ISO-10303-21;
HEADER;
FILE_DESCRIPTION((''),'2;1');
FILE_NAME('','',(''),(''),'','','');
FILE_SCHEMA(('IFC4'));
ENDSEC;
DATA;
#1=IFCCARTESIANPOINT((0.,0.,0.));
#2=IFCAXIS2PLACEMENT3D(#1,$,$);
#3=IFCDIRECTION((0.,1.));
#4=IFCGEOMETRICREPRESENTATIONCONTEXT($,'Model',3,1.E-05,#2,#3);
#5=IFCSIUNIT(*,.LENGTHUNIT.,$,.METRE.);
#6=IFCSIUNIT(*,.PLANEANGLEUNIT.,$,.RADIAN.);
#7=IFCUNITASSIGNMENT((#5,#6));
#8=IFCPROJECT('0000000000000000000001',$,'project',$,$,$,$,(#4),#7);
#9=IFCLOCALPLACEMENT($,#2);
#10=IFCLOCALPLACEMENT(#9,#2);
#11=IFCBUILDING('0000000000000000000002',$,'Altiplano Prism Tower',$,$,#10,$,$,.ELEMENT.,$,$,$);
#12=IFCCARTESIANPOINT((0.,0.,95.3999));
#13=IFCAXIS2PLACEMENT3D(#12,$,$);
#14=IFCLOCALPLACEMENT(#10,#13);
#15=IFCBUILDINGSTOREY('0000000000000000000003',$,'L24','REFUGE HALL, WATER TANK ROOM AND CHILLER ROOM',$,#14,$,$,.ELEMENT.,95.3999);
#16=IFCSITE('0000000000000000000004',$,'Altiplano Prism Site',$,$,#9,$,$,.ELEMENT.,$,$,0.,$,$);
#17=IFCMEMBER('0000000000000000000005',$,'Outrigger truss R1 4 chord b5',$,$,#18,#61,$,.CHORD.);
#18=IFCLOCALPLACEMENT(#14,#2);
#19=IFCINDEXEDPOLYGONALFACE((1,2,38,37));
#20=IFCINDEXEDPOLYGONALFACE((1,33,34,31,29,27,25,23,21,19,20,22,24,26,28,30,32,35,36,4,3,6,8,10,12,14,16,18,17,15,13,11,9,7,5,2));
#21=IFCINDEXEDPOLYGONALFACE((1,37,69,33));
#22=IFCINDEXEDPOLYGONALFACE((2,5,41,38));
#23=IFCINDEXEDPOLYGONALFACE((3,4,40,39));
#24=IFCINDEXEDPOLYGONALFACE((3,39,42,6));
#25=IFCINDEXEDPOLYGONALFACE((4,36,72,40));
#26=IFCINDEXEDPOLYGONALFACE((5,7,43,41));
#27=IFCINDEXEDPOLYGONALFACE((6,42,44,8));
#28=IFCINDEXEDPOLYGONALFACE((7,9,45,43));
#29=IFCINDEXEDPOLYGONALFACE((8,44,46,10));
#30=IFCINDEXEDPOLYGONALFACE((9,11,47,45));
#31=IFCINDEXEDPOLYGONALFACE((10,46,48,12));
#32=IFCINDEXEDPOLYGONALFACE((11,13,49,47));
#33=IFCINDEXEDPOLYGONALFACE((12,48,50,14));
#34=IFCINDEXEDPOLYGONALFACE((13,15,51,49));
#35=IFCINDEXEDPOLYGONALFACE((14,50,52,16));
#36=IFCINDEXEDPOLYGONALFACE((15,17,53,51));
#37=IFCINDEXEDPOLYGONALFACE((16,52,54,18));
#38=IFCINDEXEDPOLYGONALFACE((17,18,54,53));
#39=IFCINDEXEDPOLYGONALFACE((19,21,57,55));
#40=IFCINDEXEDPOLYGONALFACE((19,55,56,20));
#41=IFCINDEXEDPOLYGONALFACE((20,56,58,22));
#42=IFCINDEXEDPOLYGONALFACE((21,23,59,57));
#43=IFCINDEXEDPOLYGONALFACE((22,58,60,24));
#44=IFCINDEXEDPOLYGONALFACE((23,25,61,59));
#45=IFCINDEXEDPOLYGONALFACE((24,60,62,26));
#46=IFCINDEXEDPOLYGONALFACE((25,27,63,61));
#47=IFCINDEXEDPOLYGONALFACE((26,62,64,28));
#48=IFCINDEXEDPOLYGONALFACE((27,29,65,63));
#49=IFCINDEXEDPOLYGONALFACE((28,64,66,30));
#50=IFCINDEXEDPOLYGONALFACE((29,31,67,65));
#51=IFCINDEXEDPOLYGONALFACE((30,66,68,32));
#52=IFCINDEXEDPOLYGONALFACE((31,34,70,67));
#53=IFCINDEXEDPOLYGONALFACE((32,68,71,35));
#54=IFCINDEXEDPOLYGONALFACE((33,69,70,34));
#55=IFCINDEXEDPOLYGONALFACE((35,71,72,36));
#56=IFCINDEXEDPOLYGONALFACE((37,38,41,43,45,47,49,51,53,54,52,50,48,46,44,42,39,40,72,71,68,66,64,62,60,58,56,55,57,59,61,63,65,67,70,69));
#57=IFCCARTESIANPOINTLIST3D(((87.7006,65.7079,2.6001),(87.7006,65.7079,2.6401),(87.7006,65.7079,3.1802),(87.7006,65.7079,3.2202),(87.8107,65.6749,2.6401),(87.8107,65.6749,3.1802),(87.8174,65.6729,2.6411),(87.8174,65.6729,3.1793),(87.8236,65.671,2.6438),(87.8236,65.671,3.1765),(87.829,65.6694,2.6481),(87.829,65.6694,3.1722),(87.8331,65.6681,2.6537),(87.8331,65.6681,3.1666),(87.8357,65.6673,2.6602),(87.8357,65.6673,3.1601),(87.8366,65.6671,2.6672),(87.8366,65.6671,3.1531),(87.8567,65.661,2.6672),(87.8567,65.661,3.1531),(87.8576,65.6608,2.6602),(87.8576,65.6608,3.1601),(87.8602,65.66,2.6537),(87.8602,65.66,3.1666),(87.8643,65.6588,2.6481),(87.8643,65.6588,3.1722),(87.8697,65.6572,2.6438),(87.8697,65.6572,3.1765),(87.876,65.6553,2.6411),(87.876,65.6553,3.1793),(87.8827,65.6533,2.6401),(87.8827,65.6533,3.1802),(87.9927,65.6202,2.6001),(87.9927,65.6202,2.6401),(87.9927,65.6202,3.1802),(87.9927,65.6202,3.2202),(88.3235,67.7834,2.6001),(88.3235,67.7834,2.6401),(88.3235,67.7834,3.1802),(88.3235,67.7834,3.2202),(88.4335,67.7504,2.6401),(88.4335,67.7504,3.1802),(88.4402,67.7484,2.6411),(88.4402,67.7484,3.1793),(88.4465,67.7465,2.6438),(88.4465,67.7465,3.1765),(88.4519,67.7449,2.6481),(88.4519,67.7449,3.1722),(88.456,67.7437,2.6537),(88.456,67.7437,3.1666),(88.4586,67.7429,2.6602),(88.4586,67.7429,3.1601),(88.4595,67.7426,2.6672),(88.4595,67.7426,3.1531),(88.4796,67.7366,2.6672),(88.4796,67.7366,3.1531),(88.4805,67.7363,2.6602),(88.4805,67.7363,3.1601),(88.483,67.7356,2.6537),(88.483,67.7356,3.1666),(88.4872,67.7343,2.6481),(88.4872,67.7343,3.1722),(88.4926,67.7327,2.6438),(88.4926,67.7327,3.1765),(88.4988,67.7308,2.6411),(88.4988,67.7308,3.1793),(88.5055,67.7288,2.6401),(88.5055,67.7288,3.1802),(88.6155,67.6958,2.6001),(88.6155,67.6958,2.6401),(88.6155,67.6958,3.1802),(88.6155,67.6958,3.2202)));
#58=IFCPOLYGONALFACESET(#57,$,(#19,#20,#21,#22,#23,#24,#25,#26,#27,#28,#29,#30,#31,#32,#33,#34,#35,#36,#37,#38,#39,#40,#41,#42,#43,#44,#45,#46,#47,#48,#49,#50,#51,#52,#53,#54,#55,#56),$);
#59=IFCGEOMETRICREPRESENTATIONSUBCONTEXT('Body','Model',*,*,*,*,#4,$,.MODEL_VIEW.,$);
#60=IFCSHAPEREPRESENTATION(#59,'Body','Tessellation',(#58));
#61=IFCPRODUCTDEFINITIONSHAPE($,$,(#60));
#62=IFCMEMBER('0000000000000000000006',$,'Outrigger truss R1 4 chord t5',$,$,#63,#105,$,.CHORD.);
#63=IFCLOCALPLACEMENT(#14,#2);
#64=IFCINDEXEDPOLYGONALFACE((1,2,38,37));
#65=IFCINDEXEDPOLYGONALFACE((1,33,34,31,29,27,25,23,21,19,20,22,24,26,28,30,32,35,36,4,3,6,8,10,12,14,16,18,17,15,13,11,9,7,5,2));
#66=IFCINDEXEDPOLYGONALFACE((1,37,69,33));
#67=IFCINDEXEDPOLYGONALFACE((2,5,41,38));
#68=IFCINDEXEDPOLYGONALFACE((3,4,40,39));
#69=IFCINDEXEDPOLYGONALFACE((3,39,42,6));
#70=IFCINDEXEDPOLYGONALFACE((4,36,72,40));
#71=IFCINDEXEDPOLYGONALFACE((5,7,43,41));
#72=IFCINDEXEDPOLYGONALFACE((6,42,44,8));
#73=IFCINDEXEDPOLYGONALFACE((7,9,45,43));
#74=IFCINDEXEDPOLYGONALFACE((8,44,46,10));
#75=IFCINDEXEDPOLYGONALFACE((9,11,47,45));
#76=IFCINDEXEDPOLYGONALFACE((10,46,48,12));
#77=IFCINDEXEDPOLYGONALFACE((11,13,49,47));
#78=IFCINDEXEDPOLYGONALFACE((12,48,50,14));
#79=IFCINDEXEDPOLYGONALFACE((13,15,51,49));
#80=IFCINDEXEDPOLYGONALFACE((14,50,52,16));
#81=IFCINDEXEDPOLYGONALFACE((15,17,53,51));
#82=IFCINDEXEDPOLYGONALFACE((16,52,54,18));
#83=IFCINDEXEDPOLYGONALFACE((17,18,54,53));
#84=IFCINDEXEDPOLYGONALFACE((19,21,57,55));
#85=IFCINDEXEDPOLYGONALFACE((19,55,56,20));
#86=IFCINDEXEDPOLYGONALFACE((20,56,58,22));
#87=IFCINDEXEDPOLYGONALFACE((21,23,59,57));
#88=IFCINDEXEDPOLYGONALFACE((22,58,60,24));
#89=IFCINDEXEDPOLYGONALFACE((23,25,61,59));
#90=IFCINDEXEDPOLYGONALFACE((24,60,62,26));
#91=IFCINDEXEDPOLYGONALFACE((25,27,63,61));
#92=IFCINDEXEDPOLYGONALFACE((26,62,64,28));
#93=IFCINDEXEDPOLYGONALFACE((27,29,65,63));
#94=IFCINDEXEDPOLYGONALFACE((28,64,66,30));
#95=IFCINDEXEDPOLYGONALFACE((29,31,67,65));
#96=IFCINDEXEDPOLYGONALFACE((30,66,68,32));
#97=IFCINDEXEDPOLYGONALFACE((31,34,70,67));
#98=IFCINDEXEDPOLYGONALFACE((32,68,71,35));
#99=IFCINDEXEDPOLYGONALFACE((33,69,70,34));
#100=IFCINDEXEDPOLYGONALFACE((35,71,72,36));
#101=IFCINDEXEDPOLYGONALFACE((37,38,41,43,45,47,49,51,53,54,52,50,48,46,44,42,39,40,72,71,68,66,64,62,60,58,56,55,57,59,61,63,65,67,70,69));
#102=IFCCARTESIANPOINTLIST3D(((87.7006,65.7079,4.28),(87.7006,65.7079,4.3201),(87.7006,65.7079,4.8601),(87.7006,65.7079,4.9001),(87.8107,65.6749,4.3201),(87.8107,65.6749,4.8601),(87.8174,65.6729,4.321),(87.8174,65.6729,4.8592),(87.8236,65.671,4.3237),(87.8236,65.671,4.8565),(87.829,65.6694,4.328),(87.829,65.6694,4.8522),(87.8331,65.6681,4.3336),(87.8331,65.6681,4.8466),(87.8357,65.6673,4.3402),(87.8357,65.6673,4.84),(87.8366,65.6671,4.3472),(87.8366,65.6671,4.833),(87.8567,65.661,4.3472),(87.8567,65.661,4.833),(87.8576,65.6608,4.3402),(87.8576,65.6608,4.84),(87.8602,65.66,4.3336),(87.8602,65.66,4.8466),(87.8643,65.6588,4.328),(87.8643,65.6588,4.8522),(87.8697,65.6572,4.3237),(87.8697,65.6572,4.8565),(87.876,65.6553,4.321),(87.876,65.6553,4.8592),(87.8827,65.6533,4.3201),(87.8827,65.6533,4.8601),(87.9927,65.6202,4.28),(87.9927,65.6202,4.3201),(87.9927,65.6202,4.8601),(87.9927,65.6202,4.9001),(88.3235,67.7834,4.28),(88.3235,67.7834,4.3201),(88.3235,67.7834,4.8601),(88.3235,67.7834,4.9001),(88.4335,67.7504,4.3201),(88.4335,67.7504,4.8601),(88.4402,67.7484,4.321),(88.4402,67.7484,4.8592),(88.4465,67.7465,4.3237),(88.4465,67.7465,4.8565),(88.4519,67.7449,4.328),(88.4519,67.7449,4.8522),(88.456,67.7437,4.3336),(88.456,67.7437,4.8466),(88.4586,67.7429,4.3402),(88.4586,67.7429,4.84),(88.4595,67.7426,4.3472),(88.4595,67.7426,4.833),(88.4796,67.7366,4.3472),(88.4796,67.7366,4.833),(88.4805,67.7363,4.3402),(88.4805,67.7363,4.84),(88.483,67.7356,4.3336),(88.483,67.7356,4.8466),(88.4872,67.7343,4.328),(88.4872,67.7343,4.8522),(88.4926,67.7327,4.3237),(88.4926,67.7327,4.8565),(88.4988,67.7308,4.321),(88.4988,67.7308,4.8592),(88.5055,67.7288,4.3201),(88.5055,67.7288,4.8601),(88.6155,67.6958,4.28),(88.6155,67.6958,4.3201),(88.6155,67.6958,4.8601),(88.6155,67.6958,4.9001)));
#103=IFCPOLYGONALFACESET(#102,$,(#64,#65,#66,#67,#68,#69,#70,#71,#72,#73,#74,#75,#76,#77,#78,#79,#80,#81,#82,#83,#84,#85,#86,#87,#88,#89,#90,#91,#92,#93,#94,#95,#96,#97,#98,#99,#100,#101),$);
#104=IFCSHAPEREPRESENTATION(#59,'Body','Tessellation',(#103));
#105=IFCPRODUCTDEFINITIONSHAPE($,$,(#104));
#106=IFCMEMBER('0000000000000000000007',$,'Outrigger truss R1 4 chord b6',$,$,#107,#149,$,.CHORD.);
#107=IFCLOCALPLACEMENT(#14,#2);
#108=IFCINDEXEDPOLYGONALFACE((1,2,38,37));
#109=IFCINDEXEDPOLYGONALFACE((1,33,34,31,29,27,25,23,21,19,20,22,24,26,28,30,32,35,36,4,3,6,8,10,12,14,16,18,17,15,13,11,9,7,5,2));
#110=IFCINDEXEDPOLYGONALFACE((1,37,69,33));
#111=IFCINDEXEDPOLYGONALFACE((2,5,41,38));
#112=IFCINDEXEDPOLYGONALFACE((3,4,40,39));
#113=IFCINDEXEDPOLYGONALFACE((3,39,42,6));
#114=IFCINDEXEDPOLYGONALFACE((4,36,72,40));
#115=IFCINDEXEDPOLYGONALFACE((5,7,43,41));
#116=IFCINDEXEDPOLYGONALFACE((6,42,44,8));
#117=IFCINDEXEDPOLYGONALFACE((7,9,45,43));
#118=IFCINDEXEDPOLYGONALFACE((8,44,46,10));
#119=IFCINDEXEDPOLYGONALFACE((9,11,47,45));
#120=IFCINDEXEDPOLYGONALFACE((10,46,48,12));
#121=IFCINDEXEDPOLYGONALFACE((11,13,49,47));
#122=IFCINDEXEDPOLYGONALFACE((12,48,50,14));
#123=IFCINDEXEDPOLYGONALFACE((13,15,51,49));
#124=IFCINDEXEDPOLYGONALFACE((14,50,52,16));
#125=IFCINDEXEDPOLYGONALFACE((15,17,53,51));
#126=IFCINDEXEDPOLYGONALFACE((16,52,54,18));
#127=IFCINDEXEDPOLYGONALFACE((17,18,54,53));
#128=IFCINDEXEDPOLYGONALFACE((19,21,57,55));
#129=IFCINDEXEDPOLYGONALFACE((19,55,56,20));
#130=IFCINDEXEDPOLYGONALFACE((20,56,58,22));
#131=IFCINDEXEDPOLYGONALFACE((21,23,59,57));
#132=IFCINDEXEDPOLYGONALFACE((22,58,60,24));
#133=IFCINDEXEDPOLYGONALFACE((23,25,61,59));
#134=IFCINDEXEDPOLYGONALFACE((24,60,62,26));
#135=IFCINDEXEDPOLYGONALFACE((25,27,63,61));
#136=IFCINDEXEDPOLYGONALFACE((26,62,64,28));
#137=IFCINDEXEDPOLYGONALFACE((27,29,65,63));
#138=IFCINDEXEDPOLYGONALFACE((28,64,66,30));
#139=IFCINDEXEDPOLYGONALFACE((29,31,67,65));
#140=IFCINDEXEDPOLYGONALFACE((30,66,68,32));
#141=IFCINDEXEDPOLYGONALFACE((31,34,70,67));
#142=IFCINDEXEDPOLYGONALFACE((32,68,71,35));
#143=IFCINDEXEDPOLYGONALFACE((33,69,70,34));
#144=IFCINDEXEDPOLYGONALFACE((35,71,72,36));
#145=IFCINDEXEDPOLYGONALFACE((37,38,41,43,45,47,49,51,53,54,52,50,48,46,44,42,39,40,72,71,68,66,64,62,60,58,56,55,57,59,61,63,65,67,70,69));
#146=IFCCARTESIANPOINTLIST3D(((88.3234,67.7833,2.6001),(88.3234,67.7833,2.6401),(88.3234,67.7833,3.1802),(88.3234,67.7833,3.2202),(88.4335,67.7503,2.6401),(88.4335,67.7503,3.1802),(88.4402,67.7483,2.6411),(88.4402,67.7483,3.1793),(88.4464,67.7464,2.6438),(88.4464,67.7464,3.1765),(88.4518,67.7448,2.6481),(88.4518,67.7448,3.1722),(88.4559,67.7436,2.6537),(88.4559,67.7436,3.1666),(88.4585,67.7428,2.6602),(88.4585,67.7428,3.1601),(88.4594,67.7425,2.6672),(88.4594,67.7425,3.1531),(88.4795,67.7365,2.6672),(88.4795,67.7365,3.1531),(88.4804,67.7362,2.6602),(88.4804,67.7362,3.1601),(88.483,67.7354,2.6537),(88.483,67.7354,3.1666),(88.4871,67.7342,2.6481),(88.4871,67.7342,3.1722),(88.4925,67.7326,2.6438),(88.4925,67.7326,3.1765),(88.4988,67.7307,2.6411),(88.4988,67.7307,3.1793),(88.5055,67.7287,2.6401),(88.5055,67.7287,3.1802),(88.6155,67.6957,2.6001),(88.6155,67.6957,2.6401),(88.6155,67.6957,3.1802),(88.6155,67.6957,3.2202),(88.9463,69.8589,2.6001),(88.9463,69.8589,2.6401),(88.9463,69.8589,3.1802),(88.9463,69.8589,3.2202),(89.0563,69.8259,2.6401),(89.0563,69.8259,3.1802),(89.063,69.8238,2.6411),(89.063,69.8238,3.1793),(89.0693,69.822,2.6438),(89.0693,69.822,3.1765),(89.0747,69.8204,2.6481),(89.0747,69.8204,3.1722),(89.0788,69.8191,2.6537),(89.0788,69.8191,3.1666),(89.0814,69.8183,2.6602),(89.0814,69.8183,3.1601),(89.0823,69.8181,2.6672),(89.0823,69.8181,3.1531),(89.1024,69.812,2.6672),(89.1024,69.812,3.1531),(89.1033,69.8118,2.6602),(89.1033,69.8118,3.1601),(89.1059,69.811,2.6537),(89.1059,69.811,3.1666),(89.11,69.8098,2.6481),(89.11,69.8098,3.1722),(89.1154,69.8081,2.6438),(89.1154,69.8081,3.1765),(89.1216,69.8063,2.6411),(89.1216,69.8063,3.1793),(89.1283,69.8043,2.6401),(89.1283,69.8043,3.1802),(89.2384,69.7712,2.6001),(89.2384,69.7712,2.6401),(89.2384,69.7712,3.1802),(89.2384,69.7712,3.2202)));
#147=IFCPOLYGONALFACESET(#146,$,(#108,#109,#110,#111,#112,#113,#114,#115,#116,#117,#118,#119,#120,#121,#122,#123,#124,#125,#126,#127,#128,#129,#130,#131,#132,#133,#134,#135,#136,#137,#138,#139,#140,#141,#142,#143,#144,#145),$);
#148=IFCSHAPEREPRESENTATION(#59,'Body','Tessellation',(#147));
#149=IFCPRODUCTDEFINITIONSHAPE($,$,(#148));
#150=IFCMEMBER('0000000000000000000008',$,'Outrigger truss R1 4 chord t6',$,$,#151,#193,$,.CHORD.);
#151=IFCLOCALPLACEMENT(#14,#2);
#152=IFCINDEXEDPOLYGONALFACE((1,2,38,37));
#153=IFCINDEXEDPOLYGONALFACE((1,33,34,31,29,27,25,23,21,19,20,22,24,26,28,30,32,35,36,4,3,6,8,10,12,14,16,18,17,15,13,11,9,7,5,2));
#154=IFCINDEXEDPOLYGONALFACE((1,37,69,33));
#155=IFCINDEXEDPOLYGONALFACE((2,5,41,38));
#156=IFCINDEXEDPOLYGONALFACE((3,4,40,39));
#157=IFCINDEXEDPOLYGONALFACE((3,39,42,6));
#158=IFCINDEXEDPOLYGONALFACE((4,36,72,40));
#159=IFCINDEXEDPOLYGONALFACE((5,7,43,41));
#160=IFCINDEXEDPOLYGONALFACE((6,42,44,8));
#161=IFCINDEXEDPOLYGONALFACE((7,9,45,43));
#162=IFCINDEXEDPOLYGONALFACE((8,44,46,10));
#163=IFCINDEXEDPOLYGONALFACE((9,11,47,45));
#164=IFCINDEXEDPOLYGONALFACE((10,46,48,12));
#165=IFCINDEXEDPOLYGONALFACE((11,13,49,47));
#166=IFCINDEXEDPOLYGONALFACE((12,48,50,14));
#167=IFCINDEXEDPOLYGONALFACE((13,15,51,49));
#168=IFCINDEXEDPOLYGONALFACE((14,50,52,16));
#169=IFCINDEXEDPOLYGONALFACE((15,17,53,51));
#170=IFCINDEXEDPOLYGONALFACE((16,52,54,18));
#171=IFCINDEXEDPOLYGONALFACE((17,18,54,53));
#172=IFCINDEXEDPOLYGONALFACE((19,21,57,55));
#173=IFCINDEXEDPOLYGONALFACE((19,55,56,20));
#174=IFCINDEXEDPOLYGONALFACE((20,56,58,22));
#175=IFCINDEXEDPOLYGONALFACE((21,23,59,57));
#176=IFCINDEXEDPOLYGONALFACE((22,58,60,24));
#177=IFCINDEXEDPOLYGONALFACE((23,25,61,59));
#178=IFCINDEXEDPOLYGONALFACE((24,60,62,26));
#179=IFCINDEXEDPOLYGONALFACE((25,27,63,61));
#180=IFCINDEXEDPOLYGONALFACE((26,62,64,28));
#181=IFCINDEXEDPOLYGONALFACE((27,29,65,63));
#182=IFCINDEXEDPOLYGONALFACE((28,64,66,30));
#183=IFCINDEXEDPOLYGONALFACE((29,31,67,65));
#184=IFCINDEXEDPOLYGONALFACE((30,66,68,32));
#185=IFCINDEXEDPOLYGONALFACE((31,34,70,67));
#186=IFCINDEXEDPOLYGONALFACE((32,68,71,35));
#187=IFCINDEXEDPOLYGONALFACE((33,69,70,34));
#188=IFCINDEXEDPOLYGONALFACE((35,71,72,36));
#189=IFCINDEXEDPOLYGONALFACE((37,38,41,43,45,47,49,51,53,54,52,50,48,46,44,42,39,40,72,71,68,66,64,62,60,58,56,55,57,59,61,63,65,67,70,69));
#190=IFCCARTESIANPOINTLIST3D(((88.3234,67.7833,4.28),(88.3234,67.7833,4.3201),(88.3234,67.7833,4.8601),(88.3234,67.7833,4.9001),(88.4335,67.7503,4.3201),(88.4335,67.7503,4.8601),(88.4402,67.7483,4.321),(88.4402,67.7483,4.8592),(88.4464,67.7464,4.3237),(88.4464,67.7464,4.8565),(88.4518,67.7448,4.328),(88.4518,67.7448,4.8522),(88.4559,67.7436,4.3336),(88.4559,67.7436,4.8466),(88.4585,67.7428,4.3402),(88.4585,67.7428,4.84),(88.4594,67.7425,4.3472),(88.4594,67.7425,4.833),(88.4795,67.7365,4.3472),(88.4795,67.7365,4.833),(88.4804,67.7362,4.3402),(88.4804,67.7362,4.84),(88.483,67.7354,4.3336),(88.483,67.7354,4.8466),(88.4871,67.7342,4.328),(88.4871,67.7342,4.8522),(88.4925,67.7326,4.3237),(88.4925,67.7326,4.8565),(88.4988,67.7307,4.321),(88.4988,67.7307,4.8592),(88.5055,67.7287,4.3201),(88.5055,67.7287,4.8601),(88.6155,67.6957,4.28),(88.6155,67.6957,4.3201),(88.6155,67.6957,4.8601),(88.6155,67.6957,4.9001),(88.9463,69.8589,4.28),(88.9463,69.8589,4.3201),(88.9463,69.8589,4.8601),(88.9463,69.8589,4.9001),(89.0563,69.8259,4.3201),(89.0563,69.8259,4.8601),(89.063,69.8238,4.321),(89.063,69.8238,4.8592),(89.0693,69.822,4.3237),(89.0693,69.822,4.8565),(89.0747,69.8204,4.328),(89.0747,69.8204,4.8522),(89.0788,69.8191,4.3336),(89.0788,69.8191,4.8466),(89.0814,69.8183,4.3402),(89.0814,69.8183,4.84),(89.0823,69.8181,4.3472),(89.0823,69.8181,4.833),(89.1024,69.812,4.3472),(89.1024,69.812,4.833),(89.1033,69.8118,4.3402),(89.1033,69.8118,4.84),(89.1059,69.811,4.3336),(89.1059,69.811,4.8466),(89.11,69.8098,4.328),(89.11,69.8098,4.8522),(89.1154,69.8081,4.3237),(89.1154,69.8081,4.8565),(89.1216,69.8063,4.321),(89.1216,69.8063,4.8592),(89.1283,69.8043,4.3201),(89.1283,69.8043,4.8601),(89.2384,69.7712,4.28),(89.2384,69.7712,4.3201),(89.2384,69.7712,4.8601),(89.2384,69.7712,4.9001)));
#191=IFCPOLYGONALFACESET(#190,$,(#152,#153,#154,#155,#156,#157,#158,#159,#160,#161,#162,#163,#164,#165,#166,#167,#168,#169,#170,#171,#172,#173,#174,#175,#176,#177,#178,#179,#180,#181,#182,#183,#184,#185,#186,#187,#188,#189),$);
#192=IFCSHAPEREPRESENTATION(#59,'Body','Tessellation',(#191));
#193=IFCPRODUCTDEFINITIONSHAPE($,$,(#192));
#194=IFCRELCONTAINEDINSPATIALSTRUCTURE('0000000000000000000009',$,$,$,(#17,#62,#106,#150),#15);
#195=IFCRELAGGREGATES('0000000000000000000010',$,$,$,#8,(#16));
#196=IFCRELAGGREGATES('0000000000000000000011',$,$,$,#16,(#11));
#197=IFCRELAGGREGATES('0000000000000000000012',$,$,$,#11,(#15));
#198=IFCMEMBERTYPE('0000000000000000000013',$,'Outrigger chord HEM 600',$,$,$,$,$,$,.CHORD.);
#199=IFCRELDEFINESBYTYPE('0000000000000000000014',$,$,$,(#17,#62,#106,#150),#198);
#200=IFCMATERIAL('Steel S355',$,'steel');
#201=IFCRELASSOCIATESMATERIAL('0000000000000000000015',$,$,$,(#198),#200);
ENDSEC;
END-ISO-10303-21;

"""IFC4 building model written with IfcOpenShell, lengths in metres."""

from ifc_helpers import new_model, si_unit, direction, frame, origin, origin_2d, place, context, subcontext, project, spatial, i_section, extrude, material, material_profile, profile_set, type_object, element, save


model = new_model("IFC4")

# Units and contexts
model_context = context("Model", 3, precision=1e-05, world=origin(), true_north=direction((0.0, 1.0)))
body_context = subcontext(model_context, "Body", "Model", "MODEL_VIEW")
ifc_project = project(units=[si_unit("LENGTHUNIT", "METRE"), si_unit("PLANEANGLEUNIT", "RADIAN")], contexts=[model_context])

# Site, building, storey
site_placement = place(None, origin())
site = spatial("IfcSite", under=ifc_project, at=site_placement, Name="Altiplano Prism Site", CompositionType="ELEMENT", RefElevation=0.0)
building_placement = place(site_placement, origin())
building = spatial("IfcBuilding", under=site, at=building_placement, Name="Altiplano Prism Tower", CompositionType="ELEMENT")
storey_placement = place(building_placement, frame((0.0, 0.0, 95.3999)))
storey = spatial("IfcBuildingStorey", under=building, at=storey_placement, Name="L24", Description="REFUGE HALL, WATER TANK ROOM AND CHILLER ROOM", CompositionType="ELEMENT", Elevation=95.3999)

# Members
ifc_material_1 = material(Name="Steel S355", Category="steel")
ifc_material_profile_1 = material_profile(ifc_material_1, i_section(OverallWidth=0.3049, OverallDepth=0.6201, WebThickness=0.021, FlangeThickness=0.04, FilletRadius=0.0271, at=origin_2d()), Name="Outrigger chord HEM 600")
ifc_profile_set_1 = profile_set([ifc_material_profile_1], Name="Steel S355")
member_type_1 = type_object("IfcMemberType", Name="Outrigger chord HEM 600", PredefinedType="CHORD", material=ifc_profile_set_1)
for number, where, z_axis, x_axis, name in (
    (1, (87.8467, 65.6641, 2.9102), (0.28742, 0.957805, 0.0), (-0.957805, 0.28742, 0.0), "Outrigger truss R1 4 chord b5"),
    (2, (87.8467, 65.6641, 4.5901), (0.28742, 0.957805, 0.0), (-0.957805, 0.28742, 0.0), "Outrigger truss R1 4 chord t5"),
    (3, (88.4695, 67.7395, 2.9102), (0.28742, 0.957805, 0.0), (-0.957805, 0.28742, 0.0), "Outrigger truss R1 4 chord b6"),
    (4, (88.4695, 67.7395, 4.5901), (0.28742, 0.957805, 0.0), (-0.957805, 0.28742, 0.0), "Outrigger truss R1 4 chord t6"),
):
    element("IfcMember", number, at=place(storey_placement, frame(where, z_axis=z_axis, x_axis=x_axis)), inside=storey, type_object=member_type_1, Name=name, PredefinedType="CHORD", context=body_context, shape_type="SweptSolid", body=[
        extrude(i_section(OverallWidth=0.3049, OverallDepth=0.6201, WebThickness=0.021, FlangeThickness=0.04, FilletRadius=0.0271, at=origin_2d()), origin(), (0.0, 0.0, 1.0), 2.167),
    ])

save(model, "model.ifc")
